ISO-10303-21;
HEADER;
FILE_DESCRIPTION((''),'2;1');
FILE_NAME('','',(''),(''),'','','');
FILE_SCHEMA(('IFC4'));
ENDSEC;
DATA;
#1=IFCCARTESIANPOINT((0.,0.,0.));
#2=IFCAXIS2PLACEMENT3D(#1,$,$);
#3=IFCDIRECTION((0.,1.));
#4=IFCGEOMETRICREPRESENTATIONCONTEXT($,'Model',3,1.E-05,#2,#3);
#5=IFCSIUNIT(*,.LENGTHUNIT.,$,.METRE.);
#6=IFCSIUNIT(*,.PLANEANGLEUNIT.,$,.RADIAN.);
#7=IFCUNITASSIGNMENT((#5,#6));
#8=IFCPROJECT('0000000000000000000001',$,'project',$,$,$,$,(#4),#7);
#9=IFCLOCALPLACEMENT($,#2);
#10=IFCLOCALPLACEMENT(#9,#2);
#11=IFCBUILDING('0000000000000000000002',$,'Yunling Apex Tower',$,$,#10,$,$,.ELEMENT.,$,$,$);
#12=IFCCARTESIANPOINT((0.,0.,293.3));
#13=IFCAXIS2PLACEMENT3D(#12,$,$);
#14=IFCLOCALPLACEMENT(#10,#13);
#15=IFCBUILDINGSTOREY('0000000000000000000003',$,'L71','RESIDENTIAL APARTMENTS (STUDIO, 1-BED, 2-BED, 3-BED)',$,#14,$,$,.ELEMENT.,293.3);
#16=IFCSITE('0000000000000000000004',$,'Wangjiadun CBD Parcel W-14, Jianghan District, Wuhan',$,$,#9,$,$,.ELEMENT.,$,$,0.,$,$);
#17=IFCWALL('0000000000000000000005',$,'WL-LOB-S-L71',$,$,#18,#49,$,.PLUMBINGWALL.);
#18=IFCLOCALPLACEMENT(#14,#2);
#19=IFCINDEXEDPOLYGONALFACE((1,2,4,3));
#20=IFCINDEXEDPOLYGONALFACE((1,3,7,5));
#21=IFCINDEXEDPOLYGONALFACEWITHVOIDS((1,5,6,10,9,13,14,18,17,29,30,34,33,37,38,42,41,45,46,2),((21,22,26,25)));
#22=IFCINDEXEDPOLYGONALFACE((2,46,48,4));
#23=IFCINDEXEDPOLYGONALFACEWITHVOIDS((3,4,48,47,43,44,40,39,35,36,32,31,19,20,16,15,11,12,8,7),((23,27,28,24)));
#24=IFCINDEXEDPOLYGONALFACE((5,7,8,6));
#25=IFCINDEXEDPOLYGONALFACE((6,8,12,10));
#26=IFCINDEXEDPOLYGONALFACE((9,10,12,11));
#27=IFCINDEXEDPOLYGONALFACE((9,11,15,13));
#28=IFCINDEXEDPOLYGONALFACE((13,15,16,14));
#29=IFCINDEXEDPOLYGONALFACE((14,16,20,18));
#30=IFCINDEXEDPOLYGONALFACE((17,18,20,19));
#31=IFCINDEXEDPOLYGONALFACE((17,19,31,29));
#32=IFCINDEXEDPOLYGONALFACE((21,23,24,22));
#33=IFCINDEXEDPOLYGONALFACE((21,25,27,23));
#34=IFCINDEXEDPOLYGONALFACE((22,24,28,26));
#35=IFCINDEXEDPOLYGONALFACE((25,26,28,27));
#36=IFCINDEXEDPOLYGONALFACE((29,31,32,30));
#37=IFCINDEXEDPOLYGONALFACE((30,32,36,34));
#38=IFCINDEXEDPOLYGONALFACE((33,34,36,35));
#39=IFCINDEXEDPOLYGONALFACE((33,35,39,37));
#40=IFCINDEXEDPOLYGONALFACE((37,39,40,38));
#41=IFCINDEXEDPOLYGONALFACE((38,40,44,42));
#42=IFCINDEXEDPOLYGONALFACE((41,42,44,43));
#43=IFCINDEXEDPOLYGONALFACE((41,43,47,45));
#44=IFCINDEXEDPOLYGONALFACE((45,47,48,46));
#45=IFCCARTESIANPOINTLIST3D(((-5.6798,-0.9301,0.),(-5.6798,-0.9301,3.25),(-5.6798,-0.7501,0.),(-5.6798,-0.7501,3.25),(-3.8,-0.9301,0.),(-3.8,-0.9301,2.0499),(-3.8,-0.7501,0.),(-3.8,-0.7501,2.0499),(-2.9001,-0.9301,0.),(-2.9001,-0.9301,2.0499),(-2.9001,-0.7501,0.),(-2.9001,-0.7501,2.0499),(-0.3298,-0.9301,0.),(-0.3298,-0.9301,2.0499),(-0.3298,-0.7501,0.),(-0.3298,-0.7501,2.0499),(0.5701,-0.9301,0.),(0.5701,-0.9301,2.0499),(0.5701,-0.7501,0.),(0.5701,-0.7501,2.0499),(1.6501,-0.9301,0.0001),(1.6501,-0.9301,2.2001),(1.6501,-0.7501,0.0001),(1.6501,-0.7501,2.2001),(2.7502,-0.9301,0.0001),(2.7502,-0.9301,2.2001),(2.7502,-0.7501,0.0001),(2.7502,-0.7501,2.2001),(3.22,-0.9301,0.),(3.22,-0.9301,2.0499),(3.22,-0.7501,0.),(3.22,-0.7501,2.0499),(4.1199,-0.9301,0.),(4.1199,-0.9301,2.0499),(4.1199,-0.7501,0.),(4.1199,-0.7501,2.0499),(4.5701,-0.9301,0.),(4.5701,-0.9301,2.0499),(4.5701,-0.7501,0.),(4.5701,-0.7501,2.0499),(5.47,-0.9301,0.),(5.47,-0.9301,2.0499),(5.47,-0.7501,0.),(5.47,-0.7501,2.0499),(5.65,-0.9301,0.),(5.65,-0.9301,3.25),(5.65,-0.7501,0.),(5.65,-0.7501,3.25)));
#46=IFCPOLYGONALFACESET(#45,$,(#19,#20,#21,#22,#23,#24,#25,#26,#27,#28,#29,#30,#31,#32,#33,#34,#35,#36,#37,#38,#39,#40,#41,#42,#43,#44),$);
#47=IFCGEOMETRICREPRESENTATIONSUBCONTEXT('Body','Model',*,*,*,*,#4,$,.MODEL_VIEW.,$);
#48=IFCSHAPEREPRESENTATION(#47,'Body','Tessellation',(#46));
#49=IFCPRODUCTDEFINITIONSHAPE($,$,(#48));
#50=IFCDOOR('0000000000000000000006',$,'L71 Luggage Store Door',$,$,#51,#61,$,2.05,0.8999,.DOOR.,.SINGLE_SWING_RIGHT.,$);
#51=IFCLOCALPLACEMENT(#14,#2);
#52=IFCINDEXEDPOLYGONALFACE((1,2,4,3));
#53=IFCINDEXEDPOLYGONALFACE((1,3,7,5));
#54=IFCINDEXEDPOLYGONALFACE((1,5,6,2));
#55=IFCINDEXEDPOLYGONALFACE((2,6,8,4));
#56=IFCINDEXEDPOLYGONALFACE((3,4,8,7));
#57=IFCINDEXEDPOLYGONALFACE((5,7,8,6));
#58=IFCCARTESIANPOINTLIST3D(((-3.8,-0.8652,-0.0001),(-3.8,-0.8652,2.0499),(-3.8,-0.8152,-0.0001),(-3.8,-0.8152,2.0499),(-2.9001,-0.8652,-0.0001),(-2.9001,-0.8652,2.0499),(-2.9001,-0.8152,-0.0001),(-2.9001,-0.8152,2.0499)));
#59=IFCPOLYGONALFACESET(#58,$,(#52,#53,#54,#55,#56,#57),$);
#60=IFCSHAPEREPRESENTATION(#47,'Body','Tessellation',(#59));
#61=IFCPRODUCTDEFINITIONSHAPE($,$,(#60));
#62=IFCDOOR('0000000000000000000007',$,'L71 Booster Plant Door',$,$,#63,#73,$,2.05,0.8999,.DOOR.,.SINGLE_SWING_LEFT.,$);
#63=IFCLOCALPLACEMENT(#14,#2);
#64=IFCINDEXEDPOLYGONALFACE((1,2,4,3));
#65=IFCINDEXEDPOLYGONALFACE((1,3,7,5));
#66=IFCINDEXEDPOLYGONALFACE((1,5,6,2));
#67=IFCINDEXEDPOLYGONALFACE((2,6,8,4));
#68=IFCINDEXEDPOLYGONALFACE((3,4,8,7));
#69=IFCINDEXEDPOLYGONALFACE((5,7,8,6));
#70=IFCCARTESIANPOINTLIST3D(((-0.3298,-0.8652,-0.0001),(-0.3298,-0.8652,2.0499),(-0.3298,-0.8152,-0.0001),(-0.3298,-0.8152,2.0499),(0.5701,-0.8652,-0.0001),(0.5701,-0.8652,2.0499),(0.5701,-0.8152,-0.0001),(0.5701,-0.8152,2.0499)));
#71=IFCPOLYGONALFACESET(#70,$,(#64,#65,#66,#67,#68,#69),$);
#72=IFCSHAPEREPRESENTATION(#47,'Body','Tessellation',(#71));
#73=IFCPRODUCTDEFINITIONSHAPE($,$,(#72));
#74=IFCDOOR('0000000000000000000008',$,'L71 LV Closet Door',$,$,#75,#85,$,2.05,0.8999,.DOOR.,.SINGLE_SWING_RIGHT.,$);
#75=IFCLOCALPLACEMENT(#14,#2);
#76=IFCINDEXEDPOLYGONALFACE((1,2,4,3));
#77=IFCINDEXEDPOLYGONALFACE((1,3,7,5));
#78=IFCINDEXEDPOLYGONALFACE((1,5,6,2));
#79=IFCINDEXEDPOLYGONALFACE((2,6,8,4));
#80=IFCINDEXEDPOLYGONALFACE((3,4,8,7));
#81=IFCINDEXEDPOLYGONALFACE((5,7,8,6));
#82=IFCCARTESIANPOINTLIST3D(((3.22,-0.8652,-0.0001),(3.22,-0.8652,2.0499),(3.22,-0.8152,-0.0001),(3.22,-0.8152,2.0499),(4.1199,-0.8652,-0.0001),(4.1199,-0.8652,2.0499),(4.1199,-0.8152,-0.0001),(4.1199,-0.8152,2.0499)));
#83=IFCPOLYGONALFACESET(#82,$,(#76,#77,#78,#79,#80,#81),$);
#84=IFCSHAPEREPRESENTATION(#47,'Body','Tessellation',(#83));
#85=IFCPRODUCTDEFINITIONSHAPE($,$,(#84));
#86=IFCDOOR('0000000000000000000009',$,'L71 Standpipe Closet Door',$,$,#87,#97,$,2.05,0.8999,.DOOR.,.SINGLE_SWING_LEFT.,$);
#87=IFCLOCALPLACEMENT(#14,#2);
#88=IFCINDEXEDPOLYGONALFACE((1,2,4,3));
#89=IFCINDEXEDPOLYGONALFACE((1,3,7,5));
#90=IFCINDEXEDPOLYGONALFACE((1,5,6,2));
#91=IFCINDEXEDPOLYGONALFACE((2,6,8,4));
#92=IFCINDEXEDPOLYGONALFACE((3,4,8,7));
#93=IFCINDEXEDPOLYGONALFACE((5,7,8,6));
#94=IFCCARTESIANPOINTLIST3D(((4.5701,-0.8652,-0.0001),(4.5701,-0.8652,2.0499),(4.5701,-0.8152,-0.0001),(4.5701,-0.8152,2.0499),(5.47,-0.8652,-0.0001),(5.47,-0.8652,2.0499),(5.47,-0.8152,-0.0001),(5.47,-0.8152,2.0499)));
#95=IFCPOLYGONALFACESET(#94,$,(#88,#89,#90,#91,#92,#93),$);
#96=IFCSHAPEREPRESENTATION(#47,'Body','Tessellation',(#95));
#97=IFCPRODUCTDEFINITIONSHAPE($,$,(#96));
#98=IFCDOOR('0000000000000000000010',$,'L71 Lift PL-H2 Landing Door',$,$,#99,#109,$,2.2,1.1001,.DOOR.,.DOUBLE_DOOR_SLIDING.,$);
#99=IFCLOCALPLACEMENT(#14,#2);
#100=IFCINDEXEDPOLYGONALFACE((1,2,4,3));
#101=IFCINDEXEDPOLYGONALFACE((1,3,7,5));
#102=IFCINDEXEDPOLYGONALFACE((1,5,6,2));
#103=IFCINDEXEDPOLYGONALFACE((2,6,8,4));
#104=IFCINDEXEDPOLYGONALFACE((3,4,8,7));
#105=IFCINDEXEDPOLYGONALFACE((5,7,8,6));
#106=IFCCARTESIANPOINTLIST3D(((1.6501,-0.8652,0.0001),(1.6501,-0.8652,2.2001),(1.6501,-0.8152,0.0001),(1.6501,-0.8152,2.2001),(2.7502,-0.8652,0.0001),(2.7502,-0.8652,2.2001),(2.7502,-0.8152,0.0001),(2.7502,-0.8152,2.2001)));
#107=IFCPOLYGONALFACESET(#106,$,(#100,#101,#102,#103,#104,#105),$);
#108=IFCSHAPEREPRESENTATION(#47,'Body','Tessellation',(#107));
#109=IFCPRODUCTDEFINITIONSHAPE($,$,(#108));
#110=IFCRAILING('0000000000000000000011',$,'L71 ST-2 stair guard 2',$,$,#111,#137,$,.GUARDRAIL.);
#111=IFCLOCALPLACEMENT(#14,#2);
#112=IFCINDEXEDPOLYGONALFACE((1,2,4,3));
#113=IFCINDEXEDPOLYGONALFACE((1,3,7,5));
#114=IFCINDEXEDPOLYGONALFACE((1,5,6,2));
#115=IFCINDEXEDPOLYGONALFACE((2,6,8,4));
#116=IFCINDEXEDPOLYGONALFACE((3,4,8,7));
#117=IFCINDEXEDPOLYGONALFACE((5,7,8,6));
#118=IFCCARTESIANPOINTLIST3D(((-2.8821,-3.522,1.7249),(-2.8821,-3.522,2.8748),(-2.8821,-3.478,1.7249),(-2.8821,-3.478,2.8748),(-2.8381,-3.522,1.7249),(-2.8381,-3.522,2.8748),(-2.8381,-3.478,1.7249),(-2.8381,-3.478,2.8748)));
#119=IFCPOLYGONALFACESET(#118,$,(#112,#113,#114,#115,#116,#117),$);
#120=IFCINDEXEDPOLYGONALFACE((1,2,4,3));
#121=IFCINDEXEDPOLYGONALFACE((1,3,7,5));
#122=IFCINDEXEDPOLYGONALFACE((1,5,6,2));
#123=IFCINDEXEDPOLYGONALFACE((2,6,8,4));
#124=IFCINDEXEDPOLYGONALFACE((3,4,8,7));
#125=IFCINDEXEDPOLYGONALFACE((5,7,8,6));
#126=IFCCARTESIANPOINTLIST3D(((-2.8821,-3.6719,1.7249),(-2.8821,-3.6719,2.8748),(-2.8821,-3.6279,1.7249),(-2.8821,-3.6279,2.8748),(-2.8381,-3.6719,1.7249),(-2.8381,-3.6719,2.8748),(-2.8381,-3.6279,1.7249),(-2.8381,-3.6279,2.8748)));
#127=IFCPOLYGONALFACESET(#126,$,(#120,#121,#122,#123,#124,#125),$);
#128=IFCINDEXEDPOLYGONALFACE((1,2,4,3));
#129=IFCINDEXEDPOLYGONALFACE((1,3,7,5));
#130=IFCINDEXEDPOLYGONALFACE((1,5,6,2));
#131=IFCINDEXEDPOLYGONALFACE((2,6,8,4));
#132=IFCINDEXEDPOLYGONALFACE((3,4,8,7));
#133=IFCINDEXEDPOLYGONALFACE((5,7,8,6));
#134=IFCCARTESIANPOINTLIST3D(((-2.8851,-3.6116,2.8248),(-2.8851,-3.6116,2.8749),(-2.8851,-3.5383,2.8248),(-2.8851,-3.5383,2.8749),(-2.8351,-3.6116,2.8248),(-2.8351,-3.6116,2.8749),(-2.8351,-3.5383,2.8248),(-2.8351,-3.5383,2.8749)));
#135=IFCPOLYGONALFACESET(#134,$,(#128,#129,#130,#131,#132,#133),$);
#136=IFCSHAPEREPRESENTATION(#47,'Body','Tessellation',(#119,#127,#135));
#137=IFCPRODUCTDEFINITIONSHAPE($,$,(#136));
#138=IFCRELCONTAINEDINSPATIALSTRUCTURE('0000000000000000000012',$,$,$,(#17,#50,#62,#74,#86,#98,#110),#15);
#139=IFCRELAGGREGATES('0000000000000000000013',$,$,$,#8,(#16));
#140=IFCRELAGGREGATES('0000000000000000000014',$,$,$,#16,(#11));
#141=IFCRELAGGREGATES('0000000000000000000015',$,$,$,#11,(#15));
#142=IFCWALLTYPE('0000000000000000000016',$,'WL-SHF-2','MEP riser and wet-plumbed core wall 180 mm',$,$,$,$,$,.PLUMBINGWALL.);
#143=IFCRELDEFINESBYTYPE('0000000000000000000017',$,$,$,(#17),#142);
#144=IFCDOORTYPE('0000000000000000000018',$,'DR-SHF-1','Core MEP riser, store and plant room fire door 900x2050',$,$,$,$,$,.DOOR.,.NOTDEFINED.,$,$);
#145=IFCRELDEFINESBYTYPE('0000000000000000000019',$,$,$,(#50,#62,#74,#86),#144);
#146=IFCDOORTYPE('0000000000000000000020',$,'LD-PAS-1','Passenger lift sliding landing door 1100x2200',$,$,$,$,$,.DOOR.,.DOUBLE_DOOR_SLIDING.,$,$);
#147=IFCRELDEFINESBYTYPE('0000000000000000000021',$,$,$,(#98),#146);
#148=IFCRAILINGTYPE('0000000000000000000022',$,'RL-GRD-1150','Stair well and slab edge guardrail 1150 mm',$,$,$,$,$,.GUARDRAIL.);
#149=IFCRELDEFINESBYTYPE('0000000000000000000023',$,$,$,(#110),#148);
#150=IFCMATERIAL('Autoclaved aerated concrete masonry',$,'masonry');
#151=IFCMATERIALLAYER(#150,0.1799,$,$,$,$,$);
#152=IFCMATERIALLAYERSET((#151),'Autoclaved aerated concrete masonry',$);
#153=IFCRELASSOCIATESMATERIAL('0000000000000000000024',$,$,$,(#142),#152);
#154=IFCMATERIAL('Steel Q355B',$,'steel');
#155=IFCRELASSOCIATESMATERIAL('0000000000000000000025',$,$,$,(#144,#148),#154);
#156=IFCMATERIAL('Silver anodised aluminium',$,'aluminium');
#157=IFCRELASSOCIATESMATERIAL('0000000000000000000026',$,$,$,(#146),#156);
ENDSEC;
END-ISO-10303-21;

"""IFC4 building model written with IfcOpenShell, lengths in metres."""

from ifc_helpers import new_model, si_unit, direction, frame, frame_2d, origin, origin_2d, place, context, subcontext, project, spatial, rectangle, extrude, material, layer, layer_set, type_object, element, fill, save


model = new_model("IFC4")

# Units and contexts
model_context = context("Model", 3, precision=1e-05, world=origin(), true_north=direction((0.0, 1.0)))
body_context = subcontext(model_context, "Body", "Model", "MODEL_VIEW")
ifc_project = project(units=[si_unit("LENGTHUNIT", "METRE"), si_unit("PLANEANGLEUNIT", "RADIAN")], contexts=[model_context])

# Site, building, storey
site_placement = place(None, origin())
site = spatial("IfcSite", under=ifc_project, at=site_placement, Name="Wangjiadun CBD Parcel W-14, Jianghan District, Wuhan", CompositionType="ELEMENT", RefElevation=0.0)
building_placement = place(site_placement, origin())
building = spatial("IfcBuilding", under=site, at=building_placement, Name="Yunling Apex Tower", CompositionType="ELEMENT")
storey_placement = place(building_placement, frame((0.0, 0.0, 293.3)))
storey = spatial("IfcBuildingStorey", under=building, at=storey_placement, Name="L71", Description="RESIDENTIAL APARTMENTS (STUDIO, 1-BED, 2-BED, 3-BED)", CompositionType="ELEMENT", Elevation=293.3)

# Shared definitions
ifc_material_1 = material(Name="Steel Q355B", Category="steel")

# Shared definitions
ifc_material_2 = material(Name="Autoclaved aerated concrete masonry", Category="masonry")

# Wall, openings, doors
ifc_layer_1 = layer(ifc_material_2, 0.1799)
ifc_layer_set_1 = layer_set([ifc_layer_1], Name="Autoclaved aerated concrete masonry")
wall_type_1 = type_object("IfcWallType", Name="WL-SHF-2", Description="MEP riser and wet-plumbed core wall 180 mm", PredefinedType="PLUMBINGWALL", material=ifc_layer_set_1)
wall_1_placement = place(storey_placement, frame((-5.6799, -0.8401, 0.0), z_axis=(0.0, 0.0, 1.0), x_axis=(1.0, 0.0, 0.0)))
wall_1 = element("IfcWall", 1, at=wall_1_placement, inside=storey, type_object=wall_type_1, Name="WL-LOB-S-L71", PredefinedType="PLUMBINGWALL", context=body_context, shape_type="SweptSolid", body=[
    extrude(rectangle(XDim=11.3298, YDim=0.1799, at=frame_2d((5.665, 0.0))), origin(), (0.0, 0.0, 1.0), 3.25),
])
opening_1_placement = place(wall_1_placement, frame((1.8799, 0.0, 0.0)))
opening_1 = element("IfcOpeningElement", 2, at=opening_1_placement, cuts=wall_1, PredefinedType="OPENING", context=body_context, shape_type="SweptSolid", body=[
    extrude(rectangle(XDim=0.8999, YDim=2.05, at=frame_2d((0.45, 1.0249))), frame((0.0, 0.1001, 0.0), z_axis=(0.0, -1.0, 0.0), x_axis=(1.0, 0.0, 0.0)), (0.0, 0.0, 1.0), 0.2),
])
opening_2_placement = place(wall_1_placement, frame((5.3501, 0.0, 0.0)))
opening_2 = element("IfcOpeningElement", 3, at=opening_2_placement, cuts=wall_1, PredefinedType="OPENING", context=body_context, shape_type="SweptSolid", body=[
    extrude(rectangle(XDim=0.8999, YDim=2.05, at=frame_2d((0.45, 1.0249))), frame((0.0, 0.1001, 0.0), z_axis=(0.0, -1.0, 0.0), x_axis=(1.0, 0.0, 0.0)), (0.0, 0.0, 1.0), 0.2),
])
opening_3_placement = place(wall_1_placement, frame((7.3301, 0.0, 0.0)))
opening_3 = element("IfcOpeningElement", 4, at=opening_3_placement, cuts=wall_1, PredefinedType="OPENING", context=body_context, shape_type="SweptSolid", body=[
    extrude(rectangle(XDim=1.1001, YDim=2.2, at=frame_2d((0.55, 1.1001))), frame((0.0, 0.1001, 0.0), z_axis=(0.0, -1.0, 0.0), x_axis=(1.0, 0.0, 0.0)), (0.0, 0.0, 1.0), 0.2),
])
opening_4_placement = place(wall_1_placement, frame((8.8999, 0.0, 0.0)))
opening_4 = element("IfcOpeningElement", 5, at=opening_4_placement, cuts=wall_1, PredefinedType="OPENING", context=body_context, shape_type="SweptSolid", body=[
    extrude(rectangle(XDim=0.8999, YDim=2.05, at=frame_2d((0.45, 1.0249))), frame((0.0, 0.1001, 0.0), z_axis=(0.0, -1.0, 0.0), x_axis=(1.0, 0.0, 0.0)), (0.0, 0.0, 1.0), 0.2),
])
opening_5_placement = place(wall_1_placement, frame((10.25, 0.0, 0.0)))
opening_5 = element("IfcOpeningElement", 6, at=opening_5_placement, cuts=wall_1, PredefinedType="OPENING", context=body_context, shape_type="SweptSolid", body=[
    extrude(rectangle(XDim=0.8999, YDim=2.05, at=frame_2d((0.45, 1.0249))), frame((0.0, 0.1001, 0.0), z_axis=(0.0, -1.0, 0.0), x_axis=(1.0, 0.0, 0.0)), (0.0, 0.0, 1.0), 0.2),
])
door_type_1 = type_object("IfcDoorType", Name="DR-SHF-1", Description="Core MEP riser, store and plant room fire door 900x2050", OperationType="NOTDEFINED", PredefinedType="DOOR", material=ifc_material_1)
door_1_placement = place(opening_1_placement, origin())
door_1 = element("IfcDoor", 7, at=door_1_placement, inside=storey, type_object=door_type_1, Name="L71 Luggage Store Door", OperationType="SINGLE_SWING_RIGHT", OverallHeight=2.05, OverallWidth=0.8999, PredefinedType="DOOR", context=body_context, shape_type="SweptSolid", body=[
    extrude(rectangle(XDim=0.8999, YDim=2.05, at=frame_2d((0.45, 1.0249))), frame((0.0, 0.0249, 0.0), z_axis=(0.0, -1.0, 0.0), x_axis=(1.0, 0.0, 0.0)), (0.0, 0.0, 1.0), 0.05),
])
fill(opening_1, door_1)
door_2_placement = place(opening_2_placement, origin())
door_2 = element("IfcDoor", 8, at=door_2_placement, inside=storey, type_object=door_type_1, Name="L71 Booster Plant Door", OperationType="SINGLE_SWING_LEFT", OverallHeight=2.05, OverallWidth=0.8999, PredefinedType="DOOR", context=body_context, shape_type="SweptSolid", body=[
    extrude(rectangle(XDim=0.8999, YDim=2.05, at=frame_2d((0.45, 1.0249))), frame((0.0, 0.0249, 0.0), z_axis=(0.0, -1.0, 0.0), x_axis=(1.0, 0.0, 0.0)), (0.0, 0.0, 1.0), 0.05),
])
fill(opening_2, door_2)
door_3_placement = place(opening_4_placement, origin())
door_3 = element("IfcDoor", 9, at=door_3_placement, inside=storey, type_object=door_type_1, Name="L71 LV Closet Door", OperationType="SINGLE_SWING_RIGHT", OverallHeight=2.05, OverallWidth=0.8999, PredefinedType="DOOR", context=body_context, shape_type="SweptSolid", body=[
    extrude(rectangle(XDim=0.8999, YDim=2.05, at=frame_2d((0.45, 1.0249))), frame((0.0, 0.0249, 0.0), z_axis=(0.0, -1.0, 0.0), x_axis=(1.0, 0.0, 0.0)), (0.0, 0.0, 1.0), 0.05),
])
fill(opening_4, door_3)
door_4_placement = place(opening_5_placement, origin())
door_4 = element("IfcDoor", 10, at=door_4_placement, inside=storey, type_object=door_type_1, Name="L71 Standpipe Closet Door", OperationType="SINGLE_SWING_LEFT", OverallHeight=2.05, OverallWidth=0.8999, PredefinedType="DOOR", context=body_context, shape_type="SweptSolid", body=[
    extrude(rectangle(XDim=0.8999, YDim=2.05, at=frame_2d((0.45, 1.0249))), frame((0.0, 0.0249, 0.0), z_axis=(0.0, -1.0, 0.0), x_axis=(1.0, 0.0, 0.0)), (0.0, 0.0, 1.0), 0.05),
])
fill(opening_5, door_4)
ifc_material_3 = material(Name="Silver anodised aluminium", Category="aluminium")
door_type_2 = type_object("IfcDoorType", Name="LD-PAS-1", Description="Passenger lift sliding landing door 1100x2200", OperationType="DOUBLE_DOOR_SLIDING", PredefinedType="DOOR", material=ifc_material_3)
door_5_placement = place(opening_3_placement, origin())
door_5 = element("IfcDoor", 11, at=door_5_placement, inside=storey, type_object=door_type_2, Name="L71 Lift PL-H2 Landing Door", OperationType="DOUBLE_DOOR_SLIDING", OverallHeight=2.2, OverallWidth=1.1001, PredefinedType="DOOR", context=body_context, shape_type="SweptSolid", body=[
    extrude(rectangle(XDim=1.1001, YDim=2.2, at=frame_2d((0.55, 1.1001))), frame((0.0, 0.0249, 0.0), z_axis=(0.0, -1.0, 0.0), x_axis=(1.0, 0.0, 0.0)), (0.0, 0.0, 1.0), 0.05),
])
fill(opening_3, door_5)

# Railing
railing_type = type_object("IfcRailingType", Name="RL-GRD-1150", Description="Stair well and slab edge guardrail 1150 mm", PredefinedType="GUARDRAIL", material=ifc_material_1)
railing_placement = place(storey_placement, frame((-2.8601, -3.5, 1.7249)))
element("IfcRailing", 12, at=railing_placement, inside=storey, type_object=railing_type, Name="L71 ST-2 stair guard 2", PredefinedType="GUARDRAIL", context=body_context, shape_type="SweptSolid", body=[
    extrude(rectangle(XDim=0.0439, YDim=0.0439, at=origin_2d()), origin(), (0.0, 0.0, 1.0), 1.1499),
    extrude(rectangle(XDim=0.0439, YDim=0.0439, at=origin_2d()), frame((0.0, -0.1499, 0.0)), (0.0, 0.0, 1.0), 1.1499),
    extrude(rectangle(XDim=0.05, YDim=0.05, at=origin_2d()), frame((0.0, -0.0383, 1.125), z_axis=(0.0, -1.0, 0.0), x_axis=(1.0, 0.0, 0.0)), (0.0, 0.0, 1.0), 0.0732),
])

save(model, "model.ifc")
